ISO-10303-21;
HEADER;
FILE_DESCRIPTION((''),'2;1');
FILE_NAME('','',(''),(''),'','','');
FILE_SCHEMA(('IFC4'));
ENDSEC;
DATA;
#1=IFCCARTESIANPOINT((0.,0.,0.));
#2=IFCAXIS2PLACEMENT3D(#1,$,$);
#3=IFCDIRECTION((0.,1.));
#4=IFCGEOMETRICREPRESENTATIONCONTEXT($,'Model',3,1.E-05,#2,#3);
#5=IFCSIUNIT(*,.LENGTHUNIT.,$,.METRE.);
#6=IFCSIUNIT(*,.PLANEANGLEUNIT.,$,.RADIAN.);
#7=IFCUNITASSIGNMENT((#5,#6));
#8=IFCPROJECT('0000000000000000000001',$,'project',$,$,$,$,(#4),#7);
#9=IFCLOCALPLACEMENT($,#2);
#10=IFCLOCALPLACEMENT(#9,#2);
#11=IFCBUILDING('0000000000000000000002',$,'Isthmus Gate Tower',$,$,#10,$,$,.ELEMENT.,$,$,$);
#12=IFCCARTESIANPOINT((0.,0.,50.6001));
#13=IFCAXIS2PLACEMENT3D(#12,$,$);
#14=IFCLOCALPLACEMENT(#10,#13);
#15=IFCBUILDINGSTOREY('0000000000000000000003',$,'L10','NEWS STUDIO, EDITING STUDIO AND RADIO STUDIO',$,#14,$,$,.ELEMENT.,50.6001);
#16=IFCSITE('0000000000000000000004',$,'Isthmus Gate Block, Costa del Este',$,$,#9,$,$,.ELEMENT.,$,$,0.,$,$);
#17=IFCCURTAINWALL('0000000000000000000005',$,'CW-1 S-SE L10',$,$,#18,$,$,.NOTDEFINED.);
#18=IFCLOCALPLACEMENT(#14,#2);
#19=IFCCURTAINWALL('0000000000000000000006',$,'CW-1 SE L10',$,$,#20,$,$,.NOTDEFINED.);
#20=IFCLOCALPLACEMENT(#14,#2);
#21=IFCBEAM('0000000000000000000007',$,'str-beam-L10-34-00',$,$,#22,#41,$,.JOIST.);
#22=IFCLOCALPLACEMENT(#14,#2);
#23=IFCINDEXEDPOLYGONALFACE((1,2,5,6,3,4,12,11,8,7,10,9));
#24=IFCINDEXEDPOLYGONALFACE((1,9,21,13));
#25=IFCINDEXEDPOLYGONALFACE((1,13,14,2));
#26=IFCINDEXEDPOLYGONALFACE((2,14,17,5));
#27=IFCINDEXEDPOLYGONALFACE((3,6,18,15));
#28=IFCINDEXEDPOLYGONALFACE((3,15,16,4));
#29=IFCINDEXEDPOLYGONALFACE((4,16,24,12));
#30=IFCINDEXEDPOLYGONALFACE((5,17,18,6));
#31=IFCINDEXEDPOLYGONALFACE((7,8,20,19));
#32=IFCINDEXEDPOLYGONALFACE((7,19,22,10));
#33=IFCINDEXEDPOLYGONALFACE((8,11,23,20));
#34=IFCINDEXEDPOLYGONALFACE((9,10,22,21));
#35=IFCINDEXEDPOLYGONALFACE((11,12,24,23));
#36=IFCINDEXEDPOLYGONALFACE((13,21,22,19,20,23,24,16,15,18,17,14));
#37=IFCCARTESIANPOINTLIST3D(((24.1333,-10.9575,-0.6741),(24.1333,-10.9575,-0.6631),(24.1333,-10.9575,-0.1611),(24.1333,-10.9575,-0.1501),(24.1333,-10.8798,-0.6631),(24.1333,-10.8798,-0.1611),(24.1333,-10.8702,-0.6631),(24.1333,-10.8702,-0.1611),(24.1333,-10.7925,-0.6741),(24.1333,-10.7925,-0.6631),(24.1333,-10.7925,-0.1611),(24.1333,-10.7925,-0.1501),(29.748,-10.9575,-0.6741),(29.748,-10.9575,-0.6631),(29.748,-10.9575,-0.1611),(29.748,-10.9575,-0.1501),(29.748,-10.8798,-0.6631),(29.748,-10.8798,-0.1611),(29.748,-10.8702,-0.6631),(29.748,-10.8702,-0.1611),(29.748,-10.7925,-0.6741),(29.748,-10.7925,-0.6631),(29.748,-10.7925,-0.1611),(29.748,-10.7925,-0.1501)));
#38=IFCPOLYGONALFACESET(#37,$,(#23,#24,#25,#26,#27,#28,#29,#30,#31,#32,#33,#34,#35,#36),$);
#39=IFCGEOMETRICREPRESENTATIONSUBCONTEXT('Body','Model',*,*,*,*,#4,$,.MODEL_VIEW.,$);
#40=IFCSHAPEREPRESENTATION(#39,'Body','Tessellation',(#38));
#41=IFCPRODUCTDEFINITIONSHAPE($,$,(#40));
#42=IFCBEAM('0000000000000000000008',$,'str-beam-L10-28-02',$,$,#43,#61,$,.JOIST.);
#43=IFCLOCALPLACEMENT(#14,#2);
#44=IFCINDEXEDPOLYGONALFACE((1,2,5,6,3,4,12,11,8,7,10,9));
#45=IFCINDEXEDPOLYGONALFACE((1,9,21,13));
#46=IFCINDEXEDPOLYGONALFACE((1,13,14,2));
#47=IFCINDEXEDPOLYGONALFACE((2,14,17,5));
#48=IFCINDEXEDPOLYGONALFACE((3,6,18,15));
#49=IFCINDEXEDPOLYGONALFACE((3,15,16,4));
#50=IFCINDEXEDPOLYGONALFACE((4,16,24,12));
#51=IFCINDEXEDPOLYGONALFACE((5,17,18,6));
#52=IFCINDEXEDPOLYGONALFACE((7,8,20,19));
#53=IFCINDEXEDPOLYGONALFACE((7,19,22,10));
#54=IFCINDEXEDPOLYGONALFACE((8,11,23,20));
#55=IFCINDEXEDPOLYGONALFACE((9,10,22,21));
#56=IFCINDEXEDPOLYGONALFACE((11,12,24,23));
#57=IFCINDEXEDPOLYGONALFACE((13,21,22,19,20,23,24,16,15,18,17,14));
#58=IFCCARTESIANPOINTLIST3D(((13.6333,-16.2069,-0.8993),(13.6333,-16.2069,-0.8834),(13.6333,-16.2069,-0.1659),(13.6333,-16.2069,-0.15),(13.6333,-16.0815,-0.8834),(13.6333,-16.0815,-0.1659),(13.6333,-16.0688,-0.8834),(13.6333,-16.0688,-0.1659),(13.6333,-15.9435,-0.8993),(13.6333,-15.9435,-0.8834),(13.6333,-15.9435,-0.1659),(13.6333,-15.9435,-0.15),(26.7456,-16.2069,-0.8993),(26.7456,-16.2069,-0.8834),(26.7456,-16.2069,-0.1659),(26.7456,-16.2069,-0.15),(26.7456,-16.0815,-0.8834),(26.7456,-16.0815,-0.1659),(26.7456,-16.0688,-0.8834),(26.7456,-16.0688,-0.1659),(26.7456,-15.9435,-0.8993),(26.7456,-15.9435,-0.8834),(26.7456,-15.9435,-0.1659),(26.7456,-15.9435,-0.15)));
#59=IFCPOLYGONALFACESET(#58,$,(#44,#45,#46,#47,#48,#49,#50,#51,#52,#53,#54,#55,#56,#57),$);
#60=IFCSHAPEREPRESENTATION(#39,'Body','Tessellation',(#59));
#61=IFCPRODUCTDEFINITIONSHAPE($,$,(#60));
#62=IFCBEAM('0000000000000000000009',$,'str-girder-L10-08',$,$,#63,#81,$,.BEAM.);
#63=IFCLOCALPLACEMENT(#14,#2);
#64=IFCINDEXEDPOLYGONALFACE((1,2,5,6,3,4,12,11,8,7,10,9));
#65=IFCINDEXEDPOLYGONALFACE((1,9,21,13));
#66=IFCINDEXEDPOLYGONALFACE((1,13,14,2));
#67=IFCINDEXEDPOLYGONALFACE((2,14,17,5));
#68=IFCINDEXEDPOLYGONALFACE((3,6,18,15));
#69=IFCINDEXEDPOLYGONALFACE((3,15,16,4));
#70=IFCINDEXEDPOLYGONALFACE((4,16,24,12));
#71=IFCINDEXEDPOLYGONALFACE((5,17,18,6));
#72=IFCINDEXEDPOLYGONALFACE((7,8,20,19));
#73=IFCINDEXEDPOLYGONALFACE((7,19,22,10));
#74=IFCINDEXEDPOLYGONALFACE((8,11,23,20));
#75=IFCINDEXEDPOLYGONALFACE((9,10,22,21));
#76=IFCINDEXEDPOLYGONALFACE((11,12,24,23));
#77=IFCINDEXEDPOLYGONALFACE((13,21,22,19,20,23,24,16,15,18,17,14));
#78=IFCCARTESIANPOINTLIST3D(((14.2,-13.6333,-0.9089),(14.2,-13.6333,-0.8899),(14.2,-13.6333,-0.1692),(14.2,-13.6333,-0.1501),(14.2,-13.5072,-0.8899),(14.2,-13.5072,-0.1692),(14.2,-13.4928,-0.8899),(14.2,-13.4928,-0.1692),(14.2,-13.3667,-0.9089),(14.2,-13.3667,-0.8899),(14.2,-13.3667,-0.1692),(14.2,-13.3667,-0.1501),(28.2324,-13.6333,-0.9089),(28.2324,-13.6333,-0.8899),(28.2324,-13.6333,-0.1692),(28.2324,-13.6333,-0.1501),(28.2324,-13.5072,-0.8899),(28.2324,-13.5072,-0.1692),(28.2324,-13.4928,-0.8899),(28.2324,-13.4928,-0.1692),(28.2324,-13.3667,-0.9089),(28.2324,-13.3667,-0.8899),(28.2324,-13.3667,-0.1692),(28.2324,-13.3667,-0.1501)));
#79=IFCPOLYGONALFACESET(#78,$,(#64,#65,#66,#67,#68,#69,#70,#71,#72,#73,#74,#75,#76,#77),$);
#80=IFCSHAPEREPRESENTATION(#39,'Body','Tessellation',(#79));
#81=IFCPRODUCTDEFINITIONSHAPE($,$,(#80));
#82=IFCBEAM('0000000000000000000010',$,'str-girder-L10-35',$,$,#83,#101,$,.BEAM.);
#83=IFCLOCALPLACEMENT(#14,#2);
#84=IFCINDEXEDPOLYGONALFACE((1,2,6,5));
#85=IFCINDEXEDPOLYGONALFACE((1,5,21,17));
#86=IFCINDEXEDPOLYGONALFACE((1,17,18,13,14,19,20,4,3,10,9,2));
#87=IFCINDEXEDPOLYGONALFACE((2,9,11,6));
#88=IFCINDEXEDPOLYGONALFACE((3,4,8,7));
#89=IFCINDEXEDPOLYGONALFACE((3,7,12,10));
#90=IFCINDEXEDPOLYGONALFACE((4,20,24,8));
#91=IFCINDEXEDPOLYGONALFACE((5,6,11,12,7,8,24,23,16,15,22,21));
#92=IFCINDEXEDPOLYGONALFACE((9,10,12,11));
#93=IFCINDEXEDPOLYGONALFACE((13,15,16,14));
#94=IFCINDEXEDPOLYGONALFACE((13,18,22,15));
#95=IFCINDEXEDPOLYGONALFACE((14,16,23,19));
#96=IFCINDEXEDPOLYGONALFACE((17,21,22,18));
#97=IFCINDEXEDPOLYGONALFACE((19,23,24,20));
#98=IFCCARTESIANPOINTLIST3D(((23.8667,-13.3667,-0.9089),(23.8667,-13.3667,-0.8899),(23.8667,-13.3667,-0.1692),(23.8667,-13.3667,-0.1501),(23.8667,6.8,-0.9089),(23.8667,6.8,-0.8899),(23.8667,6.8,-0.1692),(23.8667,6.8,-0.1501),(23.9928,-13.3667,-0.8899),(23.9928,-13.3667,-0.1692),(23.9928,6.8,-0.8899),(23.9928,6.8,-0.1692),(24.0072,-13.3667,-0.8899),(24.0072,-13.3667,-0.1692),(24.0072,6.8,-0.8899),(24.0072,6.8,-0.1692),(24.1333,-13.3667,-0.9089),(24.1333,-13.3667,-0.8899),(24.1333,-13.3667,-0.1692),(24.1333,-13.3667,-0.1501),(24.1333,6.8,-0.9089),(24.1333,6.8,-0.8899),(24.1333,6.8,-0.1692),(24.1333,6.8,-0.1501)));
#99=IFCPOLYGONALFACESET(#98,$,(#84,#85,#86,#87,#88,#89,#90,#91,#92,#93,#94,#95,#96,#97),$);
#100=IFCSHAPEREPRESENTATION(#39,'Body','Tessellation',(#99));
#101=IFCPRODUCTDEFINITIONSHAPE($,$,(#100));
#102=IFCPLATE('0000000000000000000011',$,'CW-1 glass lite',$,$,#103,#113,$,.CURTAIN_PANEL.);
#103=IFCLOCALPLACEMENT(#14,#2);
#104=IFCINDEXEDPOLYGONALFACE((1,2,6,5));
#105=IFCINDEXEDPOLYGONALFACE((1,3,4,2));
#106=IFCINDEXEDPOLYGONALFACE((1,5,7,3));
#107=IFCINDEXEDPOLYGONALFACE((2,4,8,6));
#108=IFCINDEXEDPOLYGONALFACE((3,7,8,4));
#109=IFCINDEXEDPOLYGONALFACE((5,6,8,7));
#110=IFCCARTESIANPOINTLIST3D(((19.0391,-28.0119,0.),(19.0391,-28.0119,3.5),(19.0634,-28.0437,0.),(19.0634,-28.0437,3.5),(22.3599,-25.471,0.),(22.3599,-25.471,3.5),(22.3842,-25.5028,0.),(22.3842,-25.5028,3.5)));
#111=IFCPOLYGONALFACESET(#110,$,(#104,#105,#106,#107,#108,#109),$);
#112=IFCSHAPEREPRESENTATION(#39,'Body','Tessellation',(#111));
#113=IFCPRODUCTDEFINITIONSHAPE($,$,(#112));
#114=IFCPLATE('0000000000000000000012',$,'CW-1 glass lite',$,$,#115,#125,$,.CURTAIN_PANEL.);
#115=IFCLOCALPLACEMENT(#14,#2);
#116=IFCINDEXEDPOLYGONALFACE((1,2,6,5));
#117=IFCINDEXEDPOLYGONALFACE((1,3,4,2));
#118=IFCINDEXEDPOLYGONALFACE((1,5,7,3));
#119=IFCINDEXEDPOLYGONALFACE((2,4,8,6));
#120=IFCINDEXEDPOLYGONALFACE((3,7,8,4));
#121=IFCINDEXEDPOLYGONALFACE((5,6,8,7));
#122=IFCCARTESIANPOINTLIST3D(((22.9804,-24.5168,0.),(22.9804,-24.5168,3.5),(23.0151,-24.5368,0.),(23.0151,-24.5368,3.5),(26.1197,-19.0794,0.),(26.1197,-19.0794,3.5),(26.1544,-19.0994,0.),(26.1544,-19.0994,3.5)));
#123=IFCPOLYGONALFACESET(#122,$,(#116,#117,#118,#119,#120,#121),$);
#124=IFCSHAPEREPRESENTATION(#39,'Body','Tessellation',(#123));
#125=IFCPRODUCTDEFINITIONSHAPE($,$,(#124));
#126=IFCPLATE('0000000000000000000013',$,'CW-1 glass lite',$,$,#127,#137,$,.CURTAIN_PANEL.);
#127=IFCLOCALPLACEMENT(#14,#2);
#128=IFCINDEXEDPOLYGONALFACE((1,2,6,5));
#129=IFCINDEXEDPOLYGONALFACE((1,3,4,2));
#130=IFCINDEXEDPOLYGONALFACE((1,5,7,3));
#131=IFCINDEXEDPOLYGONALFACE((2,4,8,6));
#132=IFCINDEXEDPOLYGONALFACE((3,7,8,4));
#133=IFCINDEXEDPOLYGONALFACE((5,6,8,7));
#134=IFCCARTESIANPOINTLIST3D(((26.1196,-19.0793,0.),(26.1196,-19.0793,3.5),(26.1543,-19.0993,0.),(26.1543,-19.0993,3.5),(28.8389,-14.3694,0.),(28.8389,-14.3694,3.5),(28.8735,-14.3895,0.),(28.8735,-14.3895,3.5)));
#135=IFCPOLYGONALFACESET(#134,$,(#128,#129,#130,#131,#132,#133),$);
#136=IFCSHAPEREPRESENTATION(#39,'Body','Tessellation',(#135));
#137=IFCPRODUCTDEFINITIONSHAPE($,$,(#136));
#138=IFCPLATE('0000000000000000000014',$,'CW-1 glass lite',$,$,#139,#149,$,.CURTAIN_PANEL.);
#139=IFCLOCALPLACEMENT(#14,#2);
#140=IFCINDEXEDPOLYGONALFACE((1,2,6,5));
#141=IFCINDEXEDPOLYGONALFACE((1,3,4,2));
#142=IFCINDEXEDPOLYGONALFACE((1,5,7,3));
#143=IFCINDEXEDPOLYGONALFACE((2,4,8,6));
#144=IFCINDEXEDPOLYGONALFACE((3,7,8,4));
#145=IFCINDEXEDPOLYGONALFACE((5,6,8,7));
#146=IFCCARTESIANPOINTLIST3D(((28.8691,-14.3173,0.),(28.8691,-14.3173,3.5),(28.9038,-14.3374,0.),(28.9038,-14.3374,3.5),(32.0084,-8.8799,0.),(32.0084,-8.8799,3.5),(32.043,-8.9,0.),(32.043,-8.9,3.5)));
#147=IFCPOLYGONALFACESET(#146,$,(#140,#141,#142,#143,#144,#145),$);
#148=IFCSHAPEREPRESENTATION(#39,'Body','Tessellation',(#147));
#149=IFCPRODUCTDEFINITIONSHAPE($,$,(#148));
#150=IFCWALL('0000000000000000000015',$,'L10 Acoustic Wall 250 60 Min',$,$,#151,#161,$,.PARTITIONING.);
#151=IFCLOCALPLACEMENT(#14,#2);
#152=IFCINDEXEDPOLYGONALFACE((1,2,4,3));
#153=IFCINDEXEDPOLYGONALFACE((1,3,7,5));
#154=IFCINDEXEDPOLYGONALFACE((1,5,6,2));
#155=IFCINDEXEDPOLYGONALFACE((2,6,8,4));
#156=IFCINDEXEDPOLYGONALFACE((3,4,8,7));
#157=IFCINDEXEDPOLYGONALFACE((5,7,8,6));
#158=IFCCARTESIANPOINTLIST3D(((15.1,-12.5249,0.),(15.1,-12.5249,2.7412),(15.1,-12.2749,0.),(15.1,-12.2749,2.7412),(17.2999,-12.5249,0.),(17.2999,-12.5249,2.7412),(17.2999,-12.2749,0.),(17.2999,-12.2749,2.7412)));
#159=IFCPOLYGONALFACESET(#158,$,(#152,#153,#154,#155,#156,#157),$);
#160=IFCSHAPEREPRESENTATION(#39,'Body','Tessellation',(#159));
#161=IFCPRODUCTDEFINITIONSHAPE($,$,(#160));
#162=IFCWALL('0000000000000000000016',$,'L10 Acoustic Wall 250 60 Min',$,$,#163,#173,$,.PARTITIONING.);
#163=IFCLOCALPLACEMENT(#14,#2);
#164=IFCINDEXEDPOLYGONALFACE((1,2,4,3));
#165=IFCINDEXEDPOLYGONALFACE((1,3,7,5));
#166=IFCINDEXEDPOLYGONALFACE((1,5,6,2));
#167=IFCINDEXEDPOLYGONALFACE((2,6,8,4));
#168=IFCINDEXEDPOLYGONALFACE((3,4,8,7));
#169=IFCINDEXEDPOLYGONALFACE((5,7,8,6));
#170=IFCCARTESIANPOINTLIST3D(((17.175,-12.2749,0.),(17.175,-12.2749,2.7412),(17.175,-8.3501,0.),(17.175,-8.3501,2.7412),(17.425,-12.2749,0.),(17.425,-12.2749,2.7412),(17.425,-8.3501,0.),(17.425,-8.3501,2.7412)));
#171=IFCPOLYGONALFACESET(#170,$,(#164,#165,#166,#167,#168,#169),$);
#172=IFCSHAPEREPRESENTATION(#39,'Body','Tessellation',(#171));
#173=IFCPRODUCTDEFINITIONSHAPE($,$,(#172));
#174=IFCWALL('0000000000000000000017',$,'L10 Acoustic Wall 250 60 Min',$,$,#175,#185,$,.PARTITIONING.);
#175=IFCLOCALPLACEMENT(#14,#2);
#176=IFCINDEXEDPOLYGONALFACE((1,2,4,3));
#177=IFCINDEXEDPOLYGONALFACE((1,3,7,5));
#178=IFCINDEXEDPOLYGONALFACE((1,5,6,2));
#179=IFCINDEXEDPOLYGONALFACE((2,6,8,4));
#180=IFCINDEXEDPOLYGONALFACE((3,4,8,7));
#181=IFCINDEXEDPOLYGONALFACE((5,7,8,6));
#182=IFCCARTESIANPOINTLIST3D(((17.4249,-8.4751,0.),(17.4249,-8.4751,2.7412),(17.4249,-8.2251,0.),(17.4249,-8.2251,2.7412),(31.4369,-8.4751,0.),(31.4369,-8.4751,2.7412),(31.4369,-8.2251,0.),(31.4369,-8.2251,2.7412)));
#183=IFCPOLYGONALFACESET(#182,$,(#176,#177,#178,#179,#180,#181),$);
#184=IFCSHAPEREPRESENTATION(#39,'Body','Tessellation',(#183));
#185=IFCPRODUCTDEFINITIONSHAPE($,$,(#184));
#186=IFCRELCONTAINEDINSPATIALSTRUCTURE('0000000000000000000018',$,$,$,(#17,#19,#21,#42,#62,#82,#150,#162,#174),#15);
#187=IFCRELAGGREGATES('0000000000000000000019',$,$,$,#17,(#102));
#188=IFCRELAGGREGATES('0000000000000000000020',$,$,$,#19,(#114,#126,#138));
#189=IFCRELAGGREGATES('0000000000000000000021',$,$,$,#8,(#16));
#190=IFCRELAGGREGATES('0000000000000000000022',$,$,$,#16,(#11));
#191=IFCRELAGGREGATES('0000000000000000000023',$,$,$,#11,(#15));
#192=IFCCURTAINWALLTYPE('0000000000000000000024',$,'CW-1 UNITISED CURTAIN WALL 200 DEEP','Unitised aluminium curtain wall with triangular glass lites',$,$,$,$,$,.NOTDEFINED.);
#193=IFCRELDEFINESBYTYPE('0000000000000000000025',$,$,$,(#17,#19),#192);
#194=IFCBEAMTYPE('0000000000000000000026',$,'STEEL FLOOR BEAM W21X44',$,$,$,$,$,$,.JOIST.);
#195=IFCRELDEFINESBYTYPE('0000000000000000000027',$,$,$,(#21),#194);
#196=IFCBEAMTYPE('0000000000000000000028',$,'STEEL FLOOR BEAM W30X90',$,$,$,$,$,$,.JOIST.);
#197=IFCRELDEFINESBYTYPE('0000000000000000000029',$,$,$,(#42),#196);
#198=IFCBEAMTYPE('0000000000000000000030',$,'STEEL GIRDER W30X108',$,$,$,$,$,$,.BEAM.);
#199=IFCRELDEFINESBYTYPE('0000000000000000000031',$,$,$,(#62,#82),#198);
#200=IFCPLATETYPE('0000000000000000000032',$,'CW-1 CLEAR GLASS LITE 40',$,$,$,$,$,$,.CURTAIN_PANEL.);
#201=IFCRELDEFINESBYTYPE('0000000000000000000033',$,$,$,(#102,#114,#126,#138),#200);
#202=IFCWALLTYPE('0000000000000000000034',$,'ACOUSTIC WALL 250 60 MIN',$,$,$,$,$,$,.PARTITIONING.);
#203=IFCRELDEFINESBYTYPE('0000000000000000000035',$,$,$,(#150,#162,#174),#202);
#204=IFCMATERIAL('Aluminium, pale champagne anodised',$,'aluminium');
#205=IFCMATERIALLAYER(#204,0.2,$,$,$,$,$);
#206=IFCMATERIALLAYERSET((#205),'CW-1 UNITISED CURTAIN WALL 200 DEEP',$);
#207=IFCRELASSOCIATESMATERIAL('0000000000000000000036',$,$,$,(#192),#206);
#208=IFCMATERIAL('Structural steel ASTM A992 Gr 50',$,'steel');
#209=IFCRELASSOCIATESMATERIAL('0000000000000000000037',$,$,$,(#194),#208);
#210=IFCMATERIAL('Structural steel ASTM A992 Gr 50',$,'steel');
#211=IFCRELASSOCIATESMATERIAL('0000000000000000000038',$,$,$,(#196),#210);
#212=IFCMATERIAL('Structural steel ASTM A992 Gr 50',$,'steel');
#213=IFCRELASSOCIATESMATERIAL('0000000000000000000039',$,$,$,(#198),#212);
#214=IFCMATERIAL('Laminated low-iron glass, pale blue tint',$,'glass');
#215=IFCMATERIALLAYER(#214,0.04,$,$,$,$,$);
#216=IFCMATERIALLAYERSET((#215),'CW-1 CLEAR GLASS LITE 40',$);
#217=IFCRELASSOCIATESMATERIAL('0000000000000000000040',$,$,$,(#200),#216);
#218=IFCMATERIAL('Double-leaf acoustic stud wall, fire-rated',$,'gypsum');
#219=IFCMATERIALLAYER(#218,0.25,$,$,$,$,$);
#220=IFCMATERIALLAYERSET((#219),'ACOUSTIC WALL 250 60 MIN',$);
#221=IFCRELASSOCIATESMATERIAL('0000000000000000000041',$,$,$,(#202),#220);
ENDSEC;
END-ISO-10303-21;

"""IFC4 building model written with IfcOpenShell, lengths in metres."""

from ifc_helpers import new_model, si_unit, direction, frame, frame_2d, origin, origin_2d, place, context, subcontext, project, spatial, rectangle, i_section, extrude, material, layer, layer_set, material_profile, profile_set, type_object, element, aggregate, save


model = new_model("IFC4")

# Units and contexts
model_context = context("Model", 3, precision=1e-05, world=origin(), true_north=direction((0.0, 1.0)))
body_context = subcontext(model_context, "Body", "Model", "MODEL_VIEW")
ifc_project = project(units=[si_unit("LENGTHUNIT", "METRE"), si_unit("PLANEANGLEUNIT", "RADIAN")], contexts=[model_context])

# Site, building, storey
site_placement = place(None, origin())
site = spatial("IfcSite", under=ifc_project, at=site_placement, Name="Isthmus Gate Block, Costa del Este", CompositionType="ELEMENT", RefElevation=0.0)
building_placement = place(site_placement, origin())
building = spatial("IfcBuilding", under=site, at=building_placement, Name="Isthmus Gate Tower", CompositionType="ELEMENT")
storey_placement = place(building_placement, frame((0.0, 0.0, 50.6001)))
storey = spatial("IfcBuildingStorey", under=building, at=storey_placement, Name="L10", Description="NEWS STUDIO, EDITING STUDIO AND RADIO STUDIO", CompositionType="ELEMENT", Elevation=50.6001)

# Curtain wall
ifc_material_1 = material(Name="Aluminium, pale champagne anodised", Category="aluminium")
ifc_layer_1 = layer(ifc_material_1, 0.2)
ifc_layer_set_1 = layer_set([ifc_layer_1], Name="CW-1 UNITISED CURTAIN WALL 200 DEEP")
curtain_wall_type = type_object("IfcCurtainWallType", Name="CW-1 UNITISED CURTAIN WALL 200 DEEP", Description="Unitised aluminium curtain wall with triangular glass lites", PredefinedType="NOTDEFINED", material=ifc_layer_set_1)
curtain_wall_1_placement = place(storey_placement, origin())
curtain_wall_1 = element("IfcCurtainWall", 1, at=curtain_wall_1_placement, inside=storey, type_object=curtain_wall_type, Name="CW-1 S-SE L10", PredefinedType="NOTDEFINED")

# Curtain wall
curtain_wall_2_placement = place(storey_placement, origin())
curtain_wall_2 = element("IfcCurtainWall", 2, at=curtain_wall_2_placement, inside=storey, type_object=curtain_wall_type, Name="CW-1 SE L10", PredefinedType="NOTDEFINED")

# Beams
ifc_material_2 = material(Name="Structural steel ASTM A992 Gr 50", Category="steel")
ifc_material_profile_1 = material_profile(ifc_material_2, i_section(OverallWidth=0.165, OverallDepth=0.5239, WebThickness=0.0095, FlangeThickness=0.011, at=origin_2d()), Name="W21X44")
ifc_profile_set_1 = profile_set([ifc_material_profile_1], Name="Structural steel ASTM A992 Gr 50")
beam_type_1 = type_object("IfcBeamType", Name="STEEL FLOOR BEAM W21X44", PredefinedType="JOIST", material=ifc_profile_set_1)
beam_1_placement = place(storey_placement, frame((24.1333, -10.875, -0.4121), z_axis=(1.0, 0.0, 0.0), x_axis=(0.0, 1.0, 0.0)))
element("IfcBeam", 3, at=beam_1_placement, inside=storey, type_object=beam_type_1, Name="str-beam-L10-34-00", PredefinedType="JOIST", context=body_context, shape_type="SweptSolid", body=[
    extrude(i_section(OverallWidth=0.165, OverallDepth=0.5239, WebThickness=0.0095, FlangeThickness=0.011, at=origin_2d()), origin(), (0.0, 0.0, 1.0), 5.6147),
])
ifc_material_3 = material(Name="Structural steel ASTM A992 Gr 50", Category="steel")
ifc_material_profile_2 = material_profile(ifc_material_3, i_section(OverallWidth=0.2634, OverallDepth=0.7493, WebThickness=0.0127, FlangeThickness=0.0159, at=origin_2d()), Name="W30X90")
ifc_profile_set_2 = profile_set([ifc_material_profile_2], Name="Structural steel ASTM A992 Gr 50")
beam_type_2 = type_object("IfcBeamType", Name="STEEL FLOOR BEAM W30X90", PredefinedType="JOIST", material=ifc_profile_set_2)
beam_2_placement = place(storey_placement, frame((13.6333, -16.0752, -0.5247), z_axis=(1.0, 0.0, 0.0), x_axis=(0.0, 1.0, 0.0)))
element("IfcBeam", 4, at=beam_2_placement, inside=storey, type_object=beam_type_2, Name="str-beam-L10-28-02", PredefinedType="JOIST", context=body_context, shape_type="SweptSolid", body=[
    extrude(i_section(OverallWidth=0.2634, OverallDepth=0.7493, WebThickness=0.0127, FlangeThickness=0.0159, at=origin_2d()), origin(), (0.0, 0.0, 1.0), 13.1123),
])
ifc_material_4 = material(Name="Structural steel ASTM A992 Gr 50", Category="steel")
ifc_material_profile_3 = material_profile(ifc_material_4, i_section(OverallWidth=0.2666, OverallDepth=0.7588, WebThickness=0.0144, FlangeThickness=0.019, at=origin_2d()), Name="W30X108")
ifc_profile_set_3 = profile_set([ifc_material_profile_3], Name="Structural steel ASTM A992 Gr 50")
beam_type_3 = type_object("IfcBeamType", Name="STEEL GIRDER W30X108", PredefinedType="BEAM", material=ifc_profile_set_3)
beam_3_placement = place(storey_placement, frame((14.2, -13.5, -0.5295), z_axis=(1.0, 0.0, 0.0), x_axis=(0.0, 1.0, 0.0)))
element("IfcBeam", 5, at=beam_3_placement, inside=storey, type_object=beam_type_3, Name="str-girder-L10-08", PredefinedType="BEAM", context=body_context, shape_type="SweptSolid", body=[
    extrude(i_section(OverallWidth=0.2666, OverallDepth=0.7588, WebThickness=0.0144, FlangeThickness=0.019, at=origin_2d()), origin(), (0.0, 0.0, 1.0), 14.0325),
])
beam_4_placement = place(storey_placement, frame((24.0, -13.3667, -0.5295), z_axis=(0.0, 1.0, 0.0), x_axis=(-1.0, 0.0, 0.0)))
element("IfcBeam", 6, at=beam_4_placement, inside=storey, type_object=beam_type_3, Name="str-girder-L10-35", PredefinedType="BEAM", context=body_context, shape_type="SweptSolid", body=[
    extrude(i_section(OverallWidth=0.2666, OverallDepth=0.7588, WebThickness=0.0144, FlangeThickness=0.019, at=origin_2d()), origin(), (0.0, 0.0, 1.0), 20.1667),
])

# Plates
ifc_material_5 = material(Name="Laminated low-iron glass, pale blue tint", Category="glass")
ifc_layer_2 = layer(ifc_material_5, 0.04)
ifc_layer_set_2 = layer_set([ifc_layer_2], Name="CW-1 CLEAR GLASS LITE 40")
plate_type = type_object("IfcPlateType", Name="CW-1 CLEAR GLASS LITE 40", PredefinedType="CURTAIN_PANEL", material=ifc_layer_set_2)
plate_1_placement = place(storey_placement, frame((20.7117, -26.7573, 0.0), z_axis=(0.0, 0.0, 1.0), x_axis=(0.794189, 0.607671, 0.0)))
plate_1 = element("IfcPlate", 7, at=plate_1_placement, type_object=plate_type, Name="CW-1 glass lite", PredefinedType="CURTAIN_PANEL", context=body_context, shape_type="SweptSolid", body=[
    extrude(rectangle(XDim=4.1814, YDim=0.04, at=origin_2d()), origin(), (0.0, 0.0, 1.0), 3.5),
])
aggregate(curtain_wall_1, [plate_1])
plate_2_placement = place(storey_placement, frame((24.5674, -21.8081, 0.0), z_axis=(0.0, 0.0, 1.0), x_axis=(0.5, 0.866025, 0.0)))
plate_2 = element("IfcPlate", 8, at=plate_2_placement, type_object=plate_type, Name="CW-1 glass lite", PredefinedType="CURTAIN_PANEL", context=body_context, shape_type="SweptSolid", body=[
    extrude(rectangle(XDim=6.2786, YDim=0.04, at=origin_2d()), origin(), (0.0, 0.0, 1.0), 3.5),
])
plate_3_placement = place(storey_placement, frame((27.4966, -16.7344, 0.0), z_axis=(0.0, 0.0, 1.0), x_axis=(0.5, 0.866025, 0.0)))
plate_3 = element("IfcPlate", 9, at=plate_3_placement, type_object=plate_type, Name="CW-1 glass lite", PredefinedType="CURTAIN_PANEL", context=body_context, shape_type="SweptSolid", body=[
    extrude(rectangle(XDim=5.4385, YDim=0.04, at=origin_2d()), origin(), (0.0, 0.0, 1.0), 3.5),
])
plate_4_placement = place(storey_placement, frame((30.4561, -11.6086, 0.0), z_axis=(0.0, 0.0, 1.0), x_axis=(0.5, 0.866025, 0.0)))
plate_4 = element("IfcPlate", 10, at=plate_4_placement, type_object=plate_type, Name="CW-1 glass lite", PredefinedType="CURTAIN_PANEL", context=body_context, shape_type="SweptSolid", body=[
    extrude(rectangle(XDim=6.2786, YDim=0.04, at=origin_2d()), origin(), (0.0, 0.0, 1.0), 3.5),
])
aggregate(curtain_wall_2, [plate_2, plate_3, plate_4])

# Walls
ifc_material_6 = material(Name="Double-leaf acoustic stud wall, fire-rated", Category="gypsum")
ifc_layer_3 = layer(ifc_material_6, 0.25)
ifc_layer_set_3 = layer_set([ifc_layer_3], Name="ACOUSTIC WALL 250 60 MIN")
wall_type = type_object("IfcWallType", Name="ACOUSTIC WALL 250 60 MIN", PredefinedType="PARTITIONING", material=ifc_layer_set_3)
wall_1_placement = place(storey_placement, frame((17.3, -12.3999, 0.0), z_axis=(0.0, 0.0, 1.0), x_axis=(-1.0, 0.0, 0.0)))
element("IfcWall", 11, at=wall_1_placement, inside=storey, type_object=wall_type, Name="L10 Acoustic Wall 250 60 Min", PredefinedType="PARTITIONING", context=body_context, shape_type="SweptSolid", body=[
    extrude(rectangle(XDim=2.2, YDim=0.25, at=frame_2d((1.1001, 0.0))), origin(), (0.0, 0.0, 1.0), 2.7412),
])
wall_2_placement = place(storey_placement, frame((17.3, -8.3501, 0.0), z_axis=(0.0, 0.0, 1.0), x_axis=(0.0, -1.0, 0.0)))
element("IfcWall", 12, at=wall_2_placement, inside=storey, type_object=wall_type, Name="L10 Acoustic Wall 250 60 Min", PredefinedType="PARTITIONING", context=body_context, shape_type="SweptSolid", body=[
    extrude(rectangle(XDim=3.9248, YDim=0.25, at=frame_2d((1.9624, 0.0))), origin(), (0.0, 0.0, 1.0), 2.7412),
])
wall_3_placement = place(storey_placement, frame((17.425, -8.3501, 0.0), z_axis=(0.0, 0.0, 1.0), x_axis=(1.0, 0.0, 0.0)))
element("IfcWall", 13, at=wall_3_placement, inside=storey, type_object=wall_type, Name="L10 Acoustic Wall 250 60 Min", PredefinedType="PARTITIONING", context=body_context, shape_type="SweptSolid", body=[
    extrude(rectangle(XDim=14.012, YDim=0.25, at=frame_2d((7.0059, 0.0))), origin(), (0.0, 0.0, 1.0), 2.7412),
])

save(model, "model.ifc")
